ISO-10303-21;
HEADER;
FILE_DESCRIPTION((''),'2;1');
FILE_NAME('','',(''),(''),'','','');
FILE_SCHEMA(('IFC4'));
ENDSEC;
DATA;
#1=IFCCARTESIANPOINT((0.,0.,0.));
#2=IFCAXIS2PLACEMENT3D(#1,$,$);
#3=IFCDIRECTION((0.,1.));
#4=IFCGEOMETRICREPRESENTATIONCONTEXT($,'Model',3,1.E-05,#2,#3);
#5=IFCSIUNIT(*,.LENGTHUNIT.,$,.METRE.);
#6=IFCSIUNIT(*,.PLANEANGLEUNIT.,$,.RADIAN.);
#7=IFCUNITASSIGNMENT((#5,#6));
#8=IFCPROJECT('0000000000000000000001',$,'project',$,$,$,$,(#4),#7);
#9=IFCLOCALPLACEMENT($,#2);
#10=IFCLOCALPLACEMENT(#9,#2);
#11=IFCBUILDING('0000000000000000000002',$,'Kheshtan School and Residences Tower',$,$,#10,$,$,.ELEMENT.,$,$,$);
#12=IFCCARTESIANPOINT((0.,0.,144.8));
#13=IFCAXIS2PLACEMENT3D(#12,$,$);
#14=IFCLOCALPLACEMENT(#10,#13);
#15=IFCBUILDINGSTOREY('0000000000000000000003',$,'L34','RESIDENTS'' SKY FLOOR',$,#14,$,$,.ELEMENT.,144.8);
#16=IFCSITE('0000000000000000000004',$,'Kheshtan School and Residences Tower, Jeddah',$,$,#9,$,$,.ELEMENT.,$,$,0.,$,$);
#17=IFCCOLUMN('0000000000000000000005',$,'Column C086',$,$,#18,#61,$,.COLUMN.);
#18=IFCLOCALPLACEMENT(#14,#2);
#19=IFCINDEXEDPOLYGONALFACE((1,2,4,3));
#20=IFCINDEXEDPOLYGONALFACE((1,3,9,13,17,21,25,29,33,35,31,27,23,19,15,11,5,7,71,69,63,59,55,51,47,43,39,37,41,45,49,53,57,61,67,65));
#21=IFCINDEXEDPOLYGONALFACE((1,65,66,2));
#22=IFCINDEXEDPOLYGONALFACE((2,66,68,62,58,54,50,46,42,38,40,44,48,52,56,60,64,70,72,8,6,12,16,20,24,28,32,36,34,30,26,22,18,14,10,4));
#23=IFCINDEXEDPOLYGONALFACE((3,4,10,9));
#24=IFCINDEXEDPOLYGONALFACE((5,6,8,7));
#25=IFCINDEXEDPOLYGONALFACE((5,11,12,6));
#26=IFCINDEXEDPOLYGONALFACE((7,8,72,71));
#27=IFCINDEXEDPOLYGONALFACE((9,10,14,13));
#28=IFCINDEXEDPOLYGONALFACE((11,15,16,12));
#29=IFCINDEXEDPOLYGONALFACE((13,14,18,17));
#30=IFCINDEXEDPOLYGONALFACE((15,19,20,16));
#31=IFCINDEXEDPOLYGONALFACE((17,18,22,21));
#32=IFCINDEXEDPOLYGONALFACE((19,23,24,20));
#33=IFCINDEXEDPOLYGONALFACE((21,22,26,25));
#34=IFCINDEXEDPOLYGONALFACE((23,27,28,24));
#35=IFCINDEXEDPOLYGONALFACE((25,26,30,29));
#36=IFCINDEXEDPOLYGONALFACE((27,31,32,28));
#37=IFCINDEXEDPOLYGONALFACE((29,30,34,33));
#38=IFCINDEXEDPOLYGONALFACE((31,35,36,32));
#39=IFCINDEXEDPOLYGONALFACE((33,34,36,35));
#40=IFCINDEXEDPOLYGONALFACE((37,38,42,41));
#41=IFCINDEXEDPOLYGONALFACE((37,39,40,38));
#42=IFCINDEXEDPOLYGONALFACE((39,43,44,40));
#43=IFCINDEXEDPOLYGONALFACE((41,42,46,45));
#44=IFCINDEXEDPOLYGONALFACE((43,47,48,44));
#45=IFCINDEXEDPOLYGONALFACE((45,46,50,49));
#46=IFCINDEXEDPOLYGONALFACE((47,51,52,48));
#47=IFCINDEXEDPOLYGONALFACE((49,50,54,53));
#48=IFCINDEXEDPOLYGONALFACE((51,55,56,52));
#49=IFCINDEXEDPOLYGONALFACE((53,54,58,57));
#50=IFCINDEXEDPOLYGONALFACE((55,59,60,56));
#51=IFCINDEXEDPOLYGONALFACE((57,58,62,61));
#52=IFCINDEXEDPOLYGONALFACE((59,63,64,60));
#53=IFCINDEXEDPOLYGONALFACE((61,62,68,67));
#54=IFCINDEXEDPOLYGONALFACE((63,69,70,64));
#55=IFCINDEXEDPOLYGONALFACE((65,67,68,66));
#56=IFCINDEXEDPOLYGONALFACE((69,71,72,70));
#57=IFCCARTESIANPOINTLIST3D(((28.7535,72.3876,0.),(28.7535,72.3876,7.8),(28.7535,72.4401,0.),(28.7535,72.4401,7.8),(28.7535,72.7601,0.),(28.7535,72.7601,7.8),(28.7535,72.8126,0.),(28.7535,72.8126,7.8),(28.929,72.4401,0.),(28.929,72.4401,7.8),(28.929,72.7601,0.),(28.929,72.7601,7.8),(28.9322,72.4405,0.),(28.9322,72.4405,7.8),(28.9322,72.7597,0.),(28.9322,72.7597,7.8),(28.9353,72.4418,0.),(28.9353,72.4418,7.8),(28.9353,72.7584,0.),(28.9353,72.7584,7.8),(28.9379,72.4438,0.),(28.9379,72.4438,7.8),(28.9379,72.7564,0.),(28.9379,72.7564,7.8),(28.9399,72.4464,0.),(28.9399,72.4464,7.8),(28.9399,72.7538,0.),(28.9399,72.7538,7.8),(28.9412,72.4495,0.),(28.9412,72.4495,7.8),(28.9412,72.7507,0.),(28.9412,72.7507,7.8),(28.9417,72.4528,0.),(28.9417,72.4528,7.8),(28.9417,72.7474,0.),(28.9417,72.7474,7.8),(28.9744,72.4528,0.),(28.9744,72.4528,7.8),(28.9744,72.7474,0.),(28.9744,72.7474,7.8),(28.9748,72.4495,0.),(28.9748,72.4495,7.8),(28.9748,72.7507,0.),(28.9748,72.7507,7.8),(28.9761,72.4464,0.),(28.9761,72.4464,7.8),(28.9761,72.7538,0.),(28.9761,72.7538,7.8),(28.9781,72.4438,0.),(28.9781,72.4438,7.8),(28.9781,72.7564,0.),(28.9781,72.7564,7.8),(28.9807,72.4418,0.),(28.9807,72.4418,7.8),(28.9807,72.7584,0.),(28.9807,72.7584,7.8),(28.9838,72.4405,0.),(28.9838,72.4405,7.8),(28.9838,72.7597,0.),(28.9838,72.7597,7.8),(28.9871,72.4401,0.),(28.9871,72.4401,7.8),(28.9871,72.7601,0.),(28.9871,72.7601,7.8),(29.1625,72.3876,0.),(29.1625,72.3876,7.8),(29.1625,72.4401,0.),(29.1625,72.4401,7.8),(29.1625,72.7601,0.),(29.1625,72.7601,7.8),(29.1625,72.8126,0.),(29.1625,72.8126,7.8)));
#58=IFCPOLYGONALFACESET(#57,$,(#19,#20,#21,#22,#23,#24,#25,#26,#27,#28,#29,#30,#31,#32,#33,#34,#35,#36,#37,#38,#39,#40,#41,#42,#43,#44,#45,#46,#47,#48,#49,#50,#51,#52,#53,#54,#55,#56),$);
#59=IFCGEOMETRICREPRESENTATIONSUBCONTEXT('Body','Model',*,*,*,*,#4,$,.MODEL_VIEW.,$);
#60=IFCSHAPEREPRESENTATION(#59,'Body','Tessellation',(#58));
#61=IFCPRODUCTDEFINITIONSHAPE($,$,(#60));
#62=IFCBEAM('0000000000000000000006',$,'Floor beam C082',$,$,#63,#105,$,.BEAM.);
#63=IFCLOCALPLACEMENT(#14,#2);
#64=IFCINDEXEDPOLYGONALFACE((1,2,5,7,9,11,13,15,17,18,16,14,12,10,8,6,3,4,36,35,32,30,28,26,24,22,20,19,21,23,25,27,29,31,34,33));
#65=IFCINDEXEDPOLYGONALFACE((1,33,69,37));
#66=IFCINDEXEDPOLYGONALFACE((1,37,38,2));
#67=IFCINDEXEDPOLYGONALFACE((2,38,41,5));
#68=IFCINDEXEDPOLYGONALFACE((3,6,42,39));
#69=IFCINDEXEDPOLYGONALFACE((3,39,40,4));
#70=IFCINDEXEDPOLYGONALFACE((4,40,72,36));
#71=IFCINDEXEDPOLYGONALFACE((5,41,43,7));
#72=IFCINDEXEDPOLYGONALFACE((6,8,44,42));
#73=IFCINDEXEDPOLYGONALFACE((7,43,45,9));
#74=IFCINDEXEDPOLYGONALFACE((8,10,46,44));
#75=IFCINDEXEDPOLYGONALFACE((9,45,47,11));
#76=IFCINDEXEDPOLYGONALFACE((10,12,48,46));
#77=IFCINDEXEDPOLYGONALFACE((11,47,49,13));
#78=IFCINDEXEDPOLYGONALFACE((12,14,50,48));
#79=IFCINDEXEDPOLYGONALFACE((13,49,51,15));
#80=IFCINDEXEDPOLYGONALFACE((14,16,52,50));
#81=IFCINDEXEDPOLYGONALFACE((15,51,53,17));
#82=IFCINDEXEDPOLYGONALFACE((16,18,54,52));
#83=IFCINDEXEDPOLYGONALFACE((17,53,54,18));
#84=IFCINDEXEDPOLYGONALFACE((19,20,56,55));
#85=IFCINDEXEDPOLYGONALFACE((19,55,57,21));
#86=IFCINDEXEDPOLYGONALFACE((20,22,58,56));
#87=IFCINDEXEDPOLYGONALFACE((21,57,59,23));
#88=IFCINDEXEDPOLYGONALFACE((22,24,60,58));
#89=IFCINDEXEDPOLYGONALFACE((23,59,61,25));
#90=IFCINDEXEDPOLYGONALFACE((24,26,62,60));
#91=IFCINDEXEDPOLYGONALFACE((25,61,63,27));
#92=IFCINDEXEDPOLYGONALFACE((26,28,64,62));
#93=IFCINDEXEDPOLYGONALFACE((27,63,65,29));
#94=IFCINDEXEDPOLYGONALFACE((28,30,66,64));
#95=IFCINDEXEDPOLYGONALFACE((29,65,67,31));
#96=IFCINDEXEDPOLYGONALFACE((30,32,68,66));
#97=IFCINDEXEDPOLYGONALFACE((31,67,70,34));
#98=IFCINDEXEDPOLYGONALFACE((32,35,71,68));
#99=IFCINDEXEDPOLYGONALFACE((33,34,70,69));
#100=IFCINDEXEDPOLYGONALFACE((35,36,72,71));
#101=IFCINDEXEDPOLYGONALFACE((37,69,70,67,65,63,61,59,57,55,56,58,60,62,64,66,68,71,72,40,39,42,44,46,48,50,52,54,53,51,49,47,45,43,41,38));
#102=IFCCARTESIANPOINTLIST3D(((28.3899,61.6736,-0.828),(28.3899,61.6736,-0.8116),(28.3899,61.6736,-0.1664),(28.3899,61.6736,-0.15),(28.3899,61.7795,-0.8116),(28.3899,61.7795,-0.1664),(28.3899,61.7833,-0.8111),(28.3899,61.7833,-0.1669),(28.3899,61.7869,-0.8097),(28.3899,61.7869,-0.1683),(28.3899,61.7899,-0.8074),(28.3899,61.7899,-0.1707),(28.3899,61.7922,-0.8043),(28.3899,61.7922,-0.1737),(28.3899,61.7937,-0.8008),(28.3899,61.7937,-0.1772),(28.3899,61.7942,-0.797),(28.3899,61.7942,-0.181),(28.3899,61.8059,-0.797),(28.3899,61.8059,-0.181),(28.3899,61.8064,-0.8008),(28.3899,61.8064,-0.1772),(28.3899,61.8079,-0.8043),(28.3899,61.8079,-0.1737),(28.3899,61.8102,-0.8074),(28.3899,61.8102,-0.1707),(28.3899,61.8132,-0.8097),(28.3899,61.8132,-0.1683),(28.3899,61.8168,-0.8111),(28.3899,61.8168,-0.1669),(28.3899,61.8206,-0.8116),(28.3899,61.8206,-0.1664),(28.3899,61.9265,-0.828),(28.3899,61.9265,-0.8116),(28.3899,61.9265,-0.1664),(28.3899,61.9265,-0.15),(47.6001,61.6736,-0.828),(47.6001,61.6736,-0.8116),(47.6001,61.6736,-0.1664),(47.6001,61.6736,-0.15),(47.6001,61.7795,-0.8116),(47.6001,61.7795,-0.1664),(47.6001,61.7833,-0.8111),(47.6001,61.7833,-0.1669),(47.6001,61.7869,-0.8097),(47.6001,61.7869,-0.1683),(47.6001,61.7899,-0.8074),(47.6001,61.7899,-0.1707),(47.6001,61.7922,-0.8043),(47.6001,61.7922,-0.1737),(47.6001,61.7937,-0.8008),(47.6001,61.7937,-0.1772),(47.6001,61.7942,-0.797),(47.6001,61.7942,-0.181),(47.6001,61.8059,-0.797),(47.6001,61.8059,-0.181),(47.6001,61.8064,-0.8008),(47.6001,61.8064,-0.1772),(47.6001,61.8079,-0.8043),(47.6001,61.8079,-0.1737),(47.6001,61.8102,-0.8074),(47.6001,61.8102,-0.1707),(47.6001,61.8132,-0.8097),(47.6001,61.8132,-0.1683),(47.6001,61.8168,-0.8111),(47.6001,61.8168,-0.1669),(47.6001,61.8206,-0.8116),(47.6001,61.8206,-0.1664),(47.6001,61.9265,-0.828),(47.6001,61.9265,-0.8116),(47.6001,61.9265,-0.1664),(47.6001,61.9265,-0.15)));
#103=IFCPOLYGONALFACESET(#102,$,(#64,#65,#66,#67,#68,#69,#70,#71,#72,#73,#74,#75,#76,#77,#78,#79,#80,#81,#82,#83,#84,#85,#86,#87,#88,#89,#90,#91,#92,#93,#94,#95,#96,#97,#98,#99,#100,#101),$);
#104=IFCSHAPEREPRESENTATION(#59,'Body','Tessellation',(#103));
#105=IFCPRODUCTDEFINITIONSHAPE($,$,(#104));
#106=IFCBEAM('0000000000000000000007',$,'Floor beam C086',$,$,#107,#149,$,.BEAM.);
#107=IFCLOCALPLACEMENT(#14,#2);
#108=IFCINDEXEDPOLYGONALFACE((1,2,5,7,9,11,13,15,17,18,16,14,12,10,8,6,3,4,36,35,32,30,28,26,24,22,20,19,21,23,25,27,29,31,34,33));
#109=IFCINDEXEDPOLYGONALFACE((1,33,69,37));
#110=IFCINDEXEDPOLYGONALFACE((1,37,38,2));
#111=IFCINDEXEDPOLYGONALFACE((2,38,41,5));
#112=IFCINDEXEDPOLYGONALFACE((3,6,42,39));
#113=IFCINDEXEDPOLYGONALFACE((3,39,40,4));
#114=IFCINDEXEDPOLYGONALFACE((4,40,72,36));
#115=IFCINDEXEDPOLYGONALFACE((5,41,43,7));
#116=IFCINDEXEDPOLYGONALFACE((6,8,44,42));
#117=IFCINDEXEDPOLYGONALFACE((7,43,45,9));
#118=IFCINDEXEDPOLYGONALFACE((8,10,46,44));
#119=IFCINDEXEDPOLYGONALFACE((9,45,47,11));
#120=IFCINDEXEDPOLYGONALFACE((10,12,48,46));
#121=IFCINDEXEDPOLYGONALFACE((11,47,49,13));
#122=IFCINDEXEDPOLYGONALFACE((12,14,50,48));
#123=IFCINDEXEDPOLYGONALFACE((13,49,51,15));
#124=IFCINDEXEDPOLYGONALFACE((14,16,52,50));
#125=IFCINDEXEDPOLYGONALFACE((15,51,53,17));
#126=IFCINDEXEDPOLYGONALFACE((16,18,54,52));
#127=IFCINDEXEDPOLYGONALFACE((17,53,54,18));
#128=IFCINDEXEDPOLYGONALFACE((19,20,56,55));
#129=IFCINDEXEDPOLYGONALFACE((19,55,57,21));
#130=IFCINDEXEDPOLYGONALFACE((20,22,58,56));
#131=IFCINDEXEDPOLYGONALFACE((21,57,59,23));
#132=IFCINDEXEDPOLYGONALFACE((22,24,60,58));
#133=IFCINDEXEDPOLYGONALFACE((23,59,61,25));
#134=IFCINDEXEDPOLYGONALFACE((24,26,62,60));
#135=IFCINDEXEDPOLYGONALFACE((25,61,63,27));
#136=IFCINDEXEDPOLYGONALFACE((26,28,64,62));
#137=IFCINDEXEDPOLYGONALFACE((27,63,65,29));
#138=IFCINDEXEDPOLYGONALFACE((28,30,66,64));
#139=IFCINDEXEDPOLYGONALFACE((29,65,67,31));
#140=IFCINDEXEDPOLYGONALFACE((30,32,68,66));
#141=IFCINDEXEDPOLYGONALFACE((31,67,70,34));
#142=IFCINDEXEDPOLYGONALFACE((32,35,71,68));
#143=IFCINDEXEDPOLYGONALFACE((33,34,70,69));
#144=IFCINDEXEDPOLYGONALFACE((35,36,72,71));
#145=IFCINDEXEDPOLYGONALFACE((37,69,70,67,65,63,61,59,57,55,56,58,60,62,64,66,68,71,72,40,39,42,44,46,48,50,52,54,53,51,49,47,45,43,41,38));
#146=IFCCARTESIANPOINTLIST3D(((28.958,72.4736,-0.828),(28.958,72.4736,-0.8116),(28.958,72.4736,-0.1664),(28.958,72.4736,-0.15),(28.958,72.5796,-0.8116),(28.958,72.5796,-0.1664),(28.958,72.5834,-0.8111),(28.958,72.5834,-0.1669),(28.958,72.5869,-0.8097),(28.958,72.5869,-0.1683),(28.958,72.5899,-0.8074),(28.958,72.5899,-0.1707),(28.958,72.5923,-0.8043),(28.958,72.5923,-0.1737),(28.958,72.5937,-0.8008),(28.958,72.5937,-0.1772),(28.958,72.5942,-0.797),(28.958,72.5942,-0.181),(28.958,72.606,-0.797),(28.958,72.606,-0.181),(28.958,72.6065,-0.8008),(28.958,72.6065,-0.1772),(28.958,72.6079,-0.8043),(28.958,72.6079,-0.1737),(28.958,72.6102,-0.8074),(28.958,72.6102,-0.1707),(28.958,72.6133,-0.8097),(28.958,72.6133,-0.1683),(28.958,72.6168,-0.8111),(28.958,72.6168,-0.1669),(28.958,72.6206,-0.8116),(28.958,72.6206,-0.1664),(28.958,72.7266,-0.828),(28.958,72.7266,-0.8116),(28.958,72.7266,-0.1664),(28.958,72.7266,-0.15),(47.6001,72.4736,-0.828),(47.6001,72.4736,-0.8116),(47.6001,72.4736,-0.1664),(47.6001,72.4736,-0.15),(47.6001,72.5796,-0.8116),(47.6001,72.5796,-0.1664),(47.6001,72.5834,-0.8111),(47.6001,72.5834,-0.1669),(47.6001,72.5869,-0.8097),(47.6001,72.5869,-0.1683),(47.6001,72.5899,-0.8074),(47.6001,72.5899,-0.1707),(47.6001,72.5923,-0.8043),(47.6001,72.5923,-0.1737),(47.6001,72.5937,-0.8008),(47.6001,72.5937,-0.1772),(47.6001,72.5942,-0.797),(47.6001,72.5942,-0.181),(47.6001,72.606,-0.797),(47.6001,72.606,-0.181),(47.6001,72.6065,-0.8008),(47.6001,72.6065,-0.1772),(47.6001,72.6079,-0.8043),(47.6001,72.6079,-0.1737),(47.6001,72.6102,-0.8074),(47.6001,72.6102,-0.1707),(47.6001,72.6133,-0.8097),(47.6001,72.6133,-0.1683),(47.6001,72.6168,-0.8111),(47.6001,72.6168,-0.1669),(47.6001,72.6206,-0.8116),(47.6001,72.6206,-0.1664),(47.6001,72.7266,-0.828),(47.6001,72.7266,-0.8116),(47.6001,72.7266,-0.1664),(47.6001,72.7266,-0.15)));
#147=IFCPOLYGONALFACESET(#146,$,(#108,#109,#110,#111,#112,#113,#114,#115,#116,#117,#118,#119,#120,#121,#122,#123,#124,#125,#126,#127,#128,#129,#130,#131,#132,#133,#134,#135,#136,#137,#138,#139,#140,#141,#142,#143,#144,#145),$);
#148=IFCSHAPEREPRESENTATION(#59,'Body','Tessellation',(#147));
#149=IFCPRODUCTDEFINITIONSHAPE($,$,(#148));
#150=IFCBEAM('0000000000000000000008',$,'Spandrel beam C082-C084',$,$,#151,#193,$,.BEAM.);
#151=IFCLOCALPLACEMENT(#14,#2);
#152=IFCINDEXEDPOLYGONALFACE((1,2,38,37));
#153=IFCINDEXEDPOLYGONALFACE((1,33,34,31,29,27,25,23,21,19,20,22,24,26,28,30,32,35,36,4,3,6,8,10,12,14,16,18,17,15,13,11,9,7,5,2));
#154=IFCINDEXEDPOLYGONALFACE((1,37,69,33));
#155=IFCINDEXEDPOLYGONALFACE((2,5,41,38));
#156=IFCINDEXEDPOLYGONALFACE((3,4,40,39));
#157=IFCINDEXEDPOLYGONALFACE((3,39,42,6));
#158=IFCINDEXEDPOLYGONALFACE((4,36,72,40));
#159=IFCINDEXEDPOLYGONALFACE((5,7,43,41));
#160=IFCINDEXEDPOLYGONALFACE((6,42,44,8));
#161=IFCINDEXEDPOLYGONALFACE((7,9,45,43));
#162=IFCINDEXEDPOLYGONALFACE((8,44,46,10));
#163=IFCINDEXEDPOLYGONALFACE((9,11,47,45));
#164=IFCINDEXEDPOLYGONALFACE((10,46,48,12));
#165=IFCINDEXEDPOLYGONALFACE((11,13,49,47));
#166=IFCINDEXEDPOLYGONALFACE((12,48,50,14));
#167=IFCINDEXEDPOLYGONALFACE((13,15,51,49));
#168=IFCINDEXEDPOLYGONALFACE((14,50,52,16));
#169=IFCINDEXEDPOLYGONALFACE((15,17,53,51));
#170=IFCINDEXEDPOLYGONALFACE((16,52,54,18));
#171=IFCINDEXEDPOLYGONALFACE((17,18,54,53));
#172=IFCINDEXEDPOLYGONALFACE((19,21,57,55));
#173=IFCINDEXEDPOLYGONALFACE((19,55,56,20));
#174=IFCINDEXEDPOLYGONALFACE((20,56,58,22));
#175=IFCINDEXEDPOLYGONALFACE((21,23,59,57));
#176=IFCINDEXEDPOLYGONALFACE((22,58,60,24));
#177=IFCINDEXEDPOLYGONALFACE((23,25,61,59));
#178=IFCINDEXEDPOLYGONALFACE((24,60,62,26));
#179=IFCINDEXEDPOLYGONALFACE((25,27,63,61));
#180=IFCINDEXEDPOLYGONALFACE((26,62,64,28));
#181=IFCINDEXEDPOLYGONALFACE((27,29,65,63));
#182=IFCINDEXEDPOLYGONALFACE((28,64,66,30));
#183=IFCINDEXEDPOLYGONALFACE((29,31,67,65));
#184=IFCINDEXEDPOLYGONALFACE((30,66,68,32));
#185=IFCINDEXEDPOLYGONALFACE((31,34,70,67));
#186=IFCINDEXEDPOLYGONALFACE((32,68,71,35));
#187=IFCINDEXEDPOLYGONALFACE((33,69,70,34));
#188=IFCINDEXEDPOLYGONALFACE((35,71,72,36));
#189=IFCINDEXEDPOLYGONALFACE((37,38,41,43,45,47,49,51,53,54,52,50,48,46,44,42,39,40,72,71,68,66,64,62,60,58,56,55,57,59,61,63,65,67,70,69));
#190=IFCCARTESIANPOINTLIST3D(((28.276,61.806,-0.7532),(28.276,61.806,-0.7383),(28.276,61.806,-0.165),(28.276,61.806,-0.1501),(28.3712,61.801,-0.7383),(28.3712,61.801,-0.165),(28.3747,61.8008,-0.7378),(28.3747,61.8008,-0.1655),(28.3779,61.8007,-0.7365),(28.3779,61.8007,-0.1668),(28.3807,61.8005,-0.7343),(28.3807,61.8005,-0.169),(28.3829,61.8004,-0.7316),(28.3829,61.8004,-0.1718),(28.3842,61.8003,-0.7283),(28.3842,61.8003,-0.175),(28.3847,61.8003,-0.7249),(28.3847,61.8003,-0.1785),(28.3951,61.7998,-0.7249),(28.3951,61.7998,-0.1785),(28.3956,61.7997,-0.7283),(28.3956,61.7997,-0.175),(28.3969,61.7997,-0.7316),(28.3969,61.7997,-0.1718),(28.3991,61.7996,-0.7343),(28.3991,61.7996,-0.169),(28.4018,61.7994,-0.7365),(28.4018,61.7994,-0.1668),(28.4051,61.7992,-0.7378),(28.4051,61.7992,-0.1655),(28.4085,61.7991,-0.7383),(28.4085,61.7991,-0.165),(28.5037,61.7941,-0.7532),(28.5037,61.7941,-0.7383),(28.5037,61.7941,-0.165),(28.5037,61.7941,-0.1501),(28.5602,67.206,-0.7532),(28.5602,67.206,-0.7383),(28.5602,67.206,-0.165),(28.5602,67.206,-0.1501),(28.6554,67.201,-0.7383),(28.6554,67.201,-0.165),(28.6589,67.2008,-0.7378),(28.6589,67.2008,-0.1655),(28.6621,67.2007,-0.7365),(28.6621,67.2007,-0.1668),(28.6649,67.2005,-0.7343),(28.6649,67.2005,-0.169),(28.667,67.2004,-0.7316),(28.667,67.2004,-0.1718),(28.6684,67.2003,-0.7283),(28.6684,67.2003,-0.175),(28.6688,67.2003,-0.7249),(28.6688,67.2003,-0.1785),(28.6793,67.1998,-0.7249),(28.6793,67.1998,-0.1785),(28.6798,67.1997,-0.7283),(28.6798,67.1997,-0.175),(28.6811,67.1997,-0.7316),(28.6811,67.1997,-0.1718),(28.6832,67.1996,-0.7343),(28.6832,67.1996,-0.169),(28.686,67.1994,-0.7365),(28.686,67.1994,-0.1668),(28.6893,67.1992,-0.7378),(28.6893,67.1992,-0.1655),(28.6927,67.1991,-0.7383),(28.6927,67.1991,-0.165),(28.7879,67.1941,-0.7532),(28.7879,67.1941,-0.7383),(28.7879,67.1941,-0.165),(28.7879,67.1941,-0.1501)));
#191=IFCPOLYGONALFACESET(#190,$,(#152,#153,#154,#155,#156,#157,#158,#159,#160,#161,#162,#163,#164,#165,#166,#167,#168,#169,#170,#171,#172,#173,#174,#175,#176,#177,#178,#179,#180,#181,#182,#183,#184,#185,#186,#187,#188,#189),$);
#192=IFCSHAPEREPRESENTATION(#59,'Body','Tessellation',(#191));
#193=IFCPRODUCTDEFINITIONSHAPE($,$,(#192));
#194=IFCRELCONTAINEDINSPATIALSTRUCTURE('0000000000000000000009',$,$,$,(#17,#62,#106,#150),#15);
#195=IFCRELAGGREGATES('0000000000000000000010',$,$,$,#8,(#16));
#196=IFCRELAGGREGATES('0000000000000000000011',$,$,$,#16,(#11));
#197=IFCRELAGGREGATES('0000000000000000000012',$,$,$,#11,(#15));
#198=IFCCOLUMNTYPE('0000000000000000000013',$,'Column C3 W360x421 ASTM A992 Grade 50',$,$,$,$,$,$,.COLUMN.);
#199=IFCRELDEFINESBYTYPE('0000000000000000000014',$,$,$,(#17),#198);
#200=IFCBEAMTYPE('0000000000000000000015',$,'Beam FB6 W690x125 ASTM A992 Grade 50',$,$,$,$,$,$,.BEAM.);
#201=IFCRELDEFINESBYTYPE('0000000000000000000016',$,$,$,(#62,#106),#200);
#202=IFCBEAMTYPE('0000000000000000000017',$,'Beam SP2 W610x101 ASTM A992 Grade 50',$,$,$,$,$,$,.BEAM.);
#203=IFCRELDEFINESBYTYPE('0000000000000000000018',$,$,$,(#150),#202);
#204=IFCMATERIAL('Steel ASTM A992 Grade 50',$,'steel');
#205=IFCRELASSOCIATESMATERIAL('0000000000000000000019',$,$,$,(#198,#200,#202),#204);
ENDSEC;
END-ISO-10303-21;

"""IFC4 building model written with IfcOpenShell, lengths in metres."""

from ifc_helpers import new_model, si_unit, direction, frame, origin, origin_2d, place, context, subcontext, project, spatial, i_section, extrude, material, material_profile, profile_set, type_object, element, save


model = new_model("IFC4")

# Units and contexts
model_context = context("Model", 3, precision=1e-05, world=origin(), true_north=direction((0.0, 1.0)))
body_context = subcontext(model_context, "Body", "Model", "MODEL_VIEW")
ifc_project = project(units=[si_unit("LENGTHUNIT", "METRE"), si_unit("PLANEANGLEUNIT", "RADIAN")], contexts=[model_context])

# Site, building, storey
site_placement = place(None, origin())
site = spatial("IfcSite", under=ifc_project, at=site_placement, Name="Kheshtan School and Residences Tower, Jeddah", CompositionType="ELEMENT", RefElevation=0.0)
building_placement = place(site_placement, origin())
building = spatial("IfcBuilding", under=site, at=building_placement, Name="Kheshtan School and Residences Tower", CompositionType="ELEMENT")
storey_placement = place(building_placement, frame((0.0, 0.0, 144.8)))
storey = spatial("IfcBuildingStorey", under=building, at=storey_placement, Name="L34", Description="RESIDENTS' SKY FLOOR", CompositionType="ELEMENT", Elevation=144.8)

# Column
ifc_material_1 = material(Name="Steel ASTM A992 Grade 50", Category="steel")
ifc_material_profile_1 = material_profile(ifc_material_1, i_section(OverallWidth=0.4089, OverallDepth=0.425, WebThickness=0.0327, FlangeThickness=0.0525, FilletRadius=0.0127, at=origin_2d()), Name="W360x421")
ifc_profile_set_1 = profile_set([ifc_material_profile_1], Name="Steel ASTM A992 Grade 50")
column_type = type_object("IfcColumnType", Name="Column C3 W360x421 ASTM A992 Grade 50", PredefinedType="COLUMN", material=ifc_profile_set_1)
for number, where, z_axis, x_axis, name in (
    (1, (28.958, 72.6001, 0.0), (0.0, 0.0, 1.0), (1.0, 0.0, 0.0), "Column C086"),
):
    element("IfcColumn", number, at=place(storey_placement, frame(where, z_axis=z_axis, x_axis=x_axis)), inside=storey, type_object=column_type, Name=name, PredefinedType="COLUMN", context=body_context, shape_type="SweptSolid", body=[
        extrude(i_section(OverallWidth=0.4089, OverallDepth=0.425, WebThickness=0.0327, FlangeThickness=0.0525, FilletRadius=0.0127, at=origin_2d()), origin(), (0.0, 0.0, 1.0), 7.8),
    ])

# Beams
ifc_material_profile_2 = material_profile(ifc_material_1, i_section(OverallWidth=0.2529, OverallDepth=0.678, WebThickness=0.0117, FlangeThickness=0.0164, FilletRadius=0.0146, at=origin_2d()), Name="W690x125")
ifc_profile_set_2 = profile_set([ifc_material_profile_2], Name="Steel ASTM A992 Grade 50")
beam_type_1 = type_object("IfcBeamType", Name="Beam FB6 W690x125 ASTM A992 Grade 50", PredefinedType="BEAM", material=ifc_profile_set_2)
beam_1_placement = place(storey_placement, frame((28.3899, 61.8, -0.489), z_axis=(1.0, 0.0, 0.0), x_axis=(0.0, 1.0, 0.0)))
element("IfcBeam", 2, at=beam_1_placement, inside=storey, type_object=beam_type_1, Name="Floor beam C082", PredefinedType="BEAM", context=body_context, shape_type="SweptSolid", body=[
    extrude(i_section(OverallWidth=0.2529, OverallDepth=0.678, WebThickness=0.0117, FlangeThickness=0.0164, FilletRadius=0.0146, at=origin_2d()), origin(), (0.0, 0.0, 1.0), 19.2102),
])
beam_2_placement = place(storey_placement, frame((28.958, 72.6001, -0.489), z_axis=(1.0, 0.0, 0.0), x_axis=(0.0, 1.0, 0.0)))
element("IfcBeam", 3, at=beam_2_placement, inside=storey, type_object=beam_type_1, Name="Floor beam C086", PredefinedType="BEAM", context=body_context, shape_type="SweptSolid", body=[
    extrude(i_section(OverallWidth=0.2529, OverallDepth=0.678, WebThickness=0.0117, FlangeThickness=0.0164, FilletRadius=0.0146, at=origin_2d()), origin(), (0.0, 0.0, 1.0), 18.6421),
])
ifc_material_profile_3 = material_profile(ifc_material_1, i_section(OverallWidth=0.228, OverallDepth=0.603, WebThickness=0.0105, FlangeThickness=0.0149, FilletRadius=0.0134, at=origin_2d()), Name="W610x101")
ifc_profile_set_3 = profile_set([ifc_material_profile_3], Name="Steel ASTM A992 Grade 50")
beam_type_2 = type_object("IfcBeamType", Name="Beam SP2 W610x101 ASTM A992 Grade 50", PredefinedType="BEAM", material=ifc_profile_set_3)
beam_3_placement = place(storey_placement, frame((28.3899, 61.8, -0.4517), z_axis=(0.052554, 0.998618, 0.0), x_axis=(-0.998618, 0.052554, 0.0)))
element("IfcBeam", 4, at=beam_3_placement, inside=storey, type_object=beam_type_2, Name="Spandrel beam C082-C084", PredefinedType="BEAM", context=body_context, shape_type="SweptSolid", body=[
    extrude(i_section(OverallWidth=0.228, OverallDepth=0.603, WebThickness=0.0105, FlangeThickness=0.0149, FilletRadius=0.0134, at=origin_2d()), origin(), (0.0, 0.0, 1.0), 5.4075),
])

save(model, "model.ifc")
